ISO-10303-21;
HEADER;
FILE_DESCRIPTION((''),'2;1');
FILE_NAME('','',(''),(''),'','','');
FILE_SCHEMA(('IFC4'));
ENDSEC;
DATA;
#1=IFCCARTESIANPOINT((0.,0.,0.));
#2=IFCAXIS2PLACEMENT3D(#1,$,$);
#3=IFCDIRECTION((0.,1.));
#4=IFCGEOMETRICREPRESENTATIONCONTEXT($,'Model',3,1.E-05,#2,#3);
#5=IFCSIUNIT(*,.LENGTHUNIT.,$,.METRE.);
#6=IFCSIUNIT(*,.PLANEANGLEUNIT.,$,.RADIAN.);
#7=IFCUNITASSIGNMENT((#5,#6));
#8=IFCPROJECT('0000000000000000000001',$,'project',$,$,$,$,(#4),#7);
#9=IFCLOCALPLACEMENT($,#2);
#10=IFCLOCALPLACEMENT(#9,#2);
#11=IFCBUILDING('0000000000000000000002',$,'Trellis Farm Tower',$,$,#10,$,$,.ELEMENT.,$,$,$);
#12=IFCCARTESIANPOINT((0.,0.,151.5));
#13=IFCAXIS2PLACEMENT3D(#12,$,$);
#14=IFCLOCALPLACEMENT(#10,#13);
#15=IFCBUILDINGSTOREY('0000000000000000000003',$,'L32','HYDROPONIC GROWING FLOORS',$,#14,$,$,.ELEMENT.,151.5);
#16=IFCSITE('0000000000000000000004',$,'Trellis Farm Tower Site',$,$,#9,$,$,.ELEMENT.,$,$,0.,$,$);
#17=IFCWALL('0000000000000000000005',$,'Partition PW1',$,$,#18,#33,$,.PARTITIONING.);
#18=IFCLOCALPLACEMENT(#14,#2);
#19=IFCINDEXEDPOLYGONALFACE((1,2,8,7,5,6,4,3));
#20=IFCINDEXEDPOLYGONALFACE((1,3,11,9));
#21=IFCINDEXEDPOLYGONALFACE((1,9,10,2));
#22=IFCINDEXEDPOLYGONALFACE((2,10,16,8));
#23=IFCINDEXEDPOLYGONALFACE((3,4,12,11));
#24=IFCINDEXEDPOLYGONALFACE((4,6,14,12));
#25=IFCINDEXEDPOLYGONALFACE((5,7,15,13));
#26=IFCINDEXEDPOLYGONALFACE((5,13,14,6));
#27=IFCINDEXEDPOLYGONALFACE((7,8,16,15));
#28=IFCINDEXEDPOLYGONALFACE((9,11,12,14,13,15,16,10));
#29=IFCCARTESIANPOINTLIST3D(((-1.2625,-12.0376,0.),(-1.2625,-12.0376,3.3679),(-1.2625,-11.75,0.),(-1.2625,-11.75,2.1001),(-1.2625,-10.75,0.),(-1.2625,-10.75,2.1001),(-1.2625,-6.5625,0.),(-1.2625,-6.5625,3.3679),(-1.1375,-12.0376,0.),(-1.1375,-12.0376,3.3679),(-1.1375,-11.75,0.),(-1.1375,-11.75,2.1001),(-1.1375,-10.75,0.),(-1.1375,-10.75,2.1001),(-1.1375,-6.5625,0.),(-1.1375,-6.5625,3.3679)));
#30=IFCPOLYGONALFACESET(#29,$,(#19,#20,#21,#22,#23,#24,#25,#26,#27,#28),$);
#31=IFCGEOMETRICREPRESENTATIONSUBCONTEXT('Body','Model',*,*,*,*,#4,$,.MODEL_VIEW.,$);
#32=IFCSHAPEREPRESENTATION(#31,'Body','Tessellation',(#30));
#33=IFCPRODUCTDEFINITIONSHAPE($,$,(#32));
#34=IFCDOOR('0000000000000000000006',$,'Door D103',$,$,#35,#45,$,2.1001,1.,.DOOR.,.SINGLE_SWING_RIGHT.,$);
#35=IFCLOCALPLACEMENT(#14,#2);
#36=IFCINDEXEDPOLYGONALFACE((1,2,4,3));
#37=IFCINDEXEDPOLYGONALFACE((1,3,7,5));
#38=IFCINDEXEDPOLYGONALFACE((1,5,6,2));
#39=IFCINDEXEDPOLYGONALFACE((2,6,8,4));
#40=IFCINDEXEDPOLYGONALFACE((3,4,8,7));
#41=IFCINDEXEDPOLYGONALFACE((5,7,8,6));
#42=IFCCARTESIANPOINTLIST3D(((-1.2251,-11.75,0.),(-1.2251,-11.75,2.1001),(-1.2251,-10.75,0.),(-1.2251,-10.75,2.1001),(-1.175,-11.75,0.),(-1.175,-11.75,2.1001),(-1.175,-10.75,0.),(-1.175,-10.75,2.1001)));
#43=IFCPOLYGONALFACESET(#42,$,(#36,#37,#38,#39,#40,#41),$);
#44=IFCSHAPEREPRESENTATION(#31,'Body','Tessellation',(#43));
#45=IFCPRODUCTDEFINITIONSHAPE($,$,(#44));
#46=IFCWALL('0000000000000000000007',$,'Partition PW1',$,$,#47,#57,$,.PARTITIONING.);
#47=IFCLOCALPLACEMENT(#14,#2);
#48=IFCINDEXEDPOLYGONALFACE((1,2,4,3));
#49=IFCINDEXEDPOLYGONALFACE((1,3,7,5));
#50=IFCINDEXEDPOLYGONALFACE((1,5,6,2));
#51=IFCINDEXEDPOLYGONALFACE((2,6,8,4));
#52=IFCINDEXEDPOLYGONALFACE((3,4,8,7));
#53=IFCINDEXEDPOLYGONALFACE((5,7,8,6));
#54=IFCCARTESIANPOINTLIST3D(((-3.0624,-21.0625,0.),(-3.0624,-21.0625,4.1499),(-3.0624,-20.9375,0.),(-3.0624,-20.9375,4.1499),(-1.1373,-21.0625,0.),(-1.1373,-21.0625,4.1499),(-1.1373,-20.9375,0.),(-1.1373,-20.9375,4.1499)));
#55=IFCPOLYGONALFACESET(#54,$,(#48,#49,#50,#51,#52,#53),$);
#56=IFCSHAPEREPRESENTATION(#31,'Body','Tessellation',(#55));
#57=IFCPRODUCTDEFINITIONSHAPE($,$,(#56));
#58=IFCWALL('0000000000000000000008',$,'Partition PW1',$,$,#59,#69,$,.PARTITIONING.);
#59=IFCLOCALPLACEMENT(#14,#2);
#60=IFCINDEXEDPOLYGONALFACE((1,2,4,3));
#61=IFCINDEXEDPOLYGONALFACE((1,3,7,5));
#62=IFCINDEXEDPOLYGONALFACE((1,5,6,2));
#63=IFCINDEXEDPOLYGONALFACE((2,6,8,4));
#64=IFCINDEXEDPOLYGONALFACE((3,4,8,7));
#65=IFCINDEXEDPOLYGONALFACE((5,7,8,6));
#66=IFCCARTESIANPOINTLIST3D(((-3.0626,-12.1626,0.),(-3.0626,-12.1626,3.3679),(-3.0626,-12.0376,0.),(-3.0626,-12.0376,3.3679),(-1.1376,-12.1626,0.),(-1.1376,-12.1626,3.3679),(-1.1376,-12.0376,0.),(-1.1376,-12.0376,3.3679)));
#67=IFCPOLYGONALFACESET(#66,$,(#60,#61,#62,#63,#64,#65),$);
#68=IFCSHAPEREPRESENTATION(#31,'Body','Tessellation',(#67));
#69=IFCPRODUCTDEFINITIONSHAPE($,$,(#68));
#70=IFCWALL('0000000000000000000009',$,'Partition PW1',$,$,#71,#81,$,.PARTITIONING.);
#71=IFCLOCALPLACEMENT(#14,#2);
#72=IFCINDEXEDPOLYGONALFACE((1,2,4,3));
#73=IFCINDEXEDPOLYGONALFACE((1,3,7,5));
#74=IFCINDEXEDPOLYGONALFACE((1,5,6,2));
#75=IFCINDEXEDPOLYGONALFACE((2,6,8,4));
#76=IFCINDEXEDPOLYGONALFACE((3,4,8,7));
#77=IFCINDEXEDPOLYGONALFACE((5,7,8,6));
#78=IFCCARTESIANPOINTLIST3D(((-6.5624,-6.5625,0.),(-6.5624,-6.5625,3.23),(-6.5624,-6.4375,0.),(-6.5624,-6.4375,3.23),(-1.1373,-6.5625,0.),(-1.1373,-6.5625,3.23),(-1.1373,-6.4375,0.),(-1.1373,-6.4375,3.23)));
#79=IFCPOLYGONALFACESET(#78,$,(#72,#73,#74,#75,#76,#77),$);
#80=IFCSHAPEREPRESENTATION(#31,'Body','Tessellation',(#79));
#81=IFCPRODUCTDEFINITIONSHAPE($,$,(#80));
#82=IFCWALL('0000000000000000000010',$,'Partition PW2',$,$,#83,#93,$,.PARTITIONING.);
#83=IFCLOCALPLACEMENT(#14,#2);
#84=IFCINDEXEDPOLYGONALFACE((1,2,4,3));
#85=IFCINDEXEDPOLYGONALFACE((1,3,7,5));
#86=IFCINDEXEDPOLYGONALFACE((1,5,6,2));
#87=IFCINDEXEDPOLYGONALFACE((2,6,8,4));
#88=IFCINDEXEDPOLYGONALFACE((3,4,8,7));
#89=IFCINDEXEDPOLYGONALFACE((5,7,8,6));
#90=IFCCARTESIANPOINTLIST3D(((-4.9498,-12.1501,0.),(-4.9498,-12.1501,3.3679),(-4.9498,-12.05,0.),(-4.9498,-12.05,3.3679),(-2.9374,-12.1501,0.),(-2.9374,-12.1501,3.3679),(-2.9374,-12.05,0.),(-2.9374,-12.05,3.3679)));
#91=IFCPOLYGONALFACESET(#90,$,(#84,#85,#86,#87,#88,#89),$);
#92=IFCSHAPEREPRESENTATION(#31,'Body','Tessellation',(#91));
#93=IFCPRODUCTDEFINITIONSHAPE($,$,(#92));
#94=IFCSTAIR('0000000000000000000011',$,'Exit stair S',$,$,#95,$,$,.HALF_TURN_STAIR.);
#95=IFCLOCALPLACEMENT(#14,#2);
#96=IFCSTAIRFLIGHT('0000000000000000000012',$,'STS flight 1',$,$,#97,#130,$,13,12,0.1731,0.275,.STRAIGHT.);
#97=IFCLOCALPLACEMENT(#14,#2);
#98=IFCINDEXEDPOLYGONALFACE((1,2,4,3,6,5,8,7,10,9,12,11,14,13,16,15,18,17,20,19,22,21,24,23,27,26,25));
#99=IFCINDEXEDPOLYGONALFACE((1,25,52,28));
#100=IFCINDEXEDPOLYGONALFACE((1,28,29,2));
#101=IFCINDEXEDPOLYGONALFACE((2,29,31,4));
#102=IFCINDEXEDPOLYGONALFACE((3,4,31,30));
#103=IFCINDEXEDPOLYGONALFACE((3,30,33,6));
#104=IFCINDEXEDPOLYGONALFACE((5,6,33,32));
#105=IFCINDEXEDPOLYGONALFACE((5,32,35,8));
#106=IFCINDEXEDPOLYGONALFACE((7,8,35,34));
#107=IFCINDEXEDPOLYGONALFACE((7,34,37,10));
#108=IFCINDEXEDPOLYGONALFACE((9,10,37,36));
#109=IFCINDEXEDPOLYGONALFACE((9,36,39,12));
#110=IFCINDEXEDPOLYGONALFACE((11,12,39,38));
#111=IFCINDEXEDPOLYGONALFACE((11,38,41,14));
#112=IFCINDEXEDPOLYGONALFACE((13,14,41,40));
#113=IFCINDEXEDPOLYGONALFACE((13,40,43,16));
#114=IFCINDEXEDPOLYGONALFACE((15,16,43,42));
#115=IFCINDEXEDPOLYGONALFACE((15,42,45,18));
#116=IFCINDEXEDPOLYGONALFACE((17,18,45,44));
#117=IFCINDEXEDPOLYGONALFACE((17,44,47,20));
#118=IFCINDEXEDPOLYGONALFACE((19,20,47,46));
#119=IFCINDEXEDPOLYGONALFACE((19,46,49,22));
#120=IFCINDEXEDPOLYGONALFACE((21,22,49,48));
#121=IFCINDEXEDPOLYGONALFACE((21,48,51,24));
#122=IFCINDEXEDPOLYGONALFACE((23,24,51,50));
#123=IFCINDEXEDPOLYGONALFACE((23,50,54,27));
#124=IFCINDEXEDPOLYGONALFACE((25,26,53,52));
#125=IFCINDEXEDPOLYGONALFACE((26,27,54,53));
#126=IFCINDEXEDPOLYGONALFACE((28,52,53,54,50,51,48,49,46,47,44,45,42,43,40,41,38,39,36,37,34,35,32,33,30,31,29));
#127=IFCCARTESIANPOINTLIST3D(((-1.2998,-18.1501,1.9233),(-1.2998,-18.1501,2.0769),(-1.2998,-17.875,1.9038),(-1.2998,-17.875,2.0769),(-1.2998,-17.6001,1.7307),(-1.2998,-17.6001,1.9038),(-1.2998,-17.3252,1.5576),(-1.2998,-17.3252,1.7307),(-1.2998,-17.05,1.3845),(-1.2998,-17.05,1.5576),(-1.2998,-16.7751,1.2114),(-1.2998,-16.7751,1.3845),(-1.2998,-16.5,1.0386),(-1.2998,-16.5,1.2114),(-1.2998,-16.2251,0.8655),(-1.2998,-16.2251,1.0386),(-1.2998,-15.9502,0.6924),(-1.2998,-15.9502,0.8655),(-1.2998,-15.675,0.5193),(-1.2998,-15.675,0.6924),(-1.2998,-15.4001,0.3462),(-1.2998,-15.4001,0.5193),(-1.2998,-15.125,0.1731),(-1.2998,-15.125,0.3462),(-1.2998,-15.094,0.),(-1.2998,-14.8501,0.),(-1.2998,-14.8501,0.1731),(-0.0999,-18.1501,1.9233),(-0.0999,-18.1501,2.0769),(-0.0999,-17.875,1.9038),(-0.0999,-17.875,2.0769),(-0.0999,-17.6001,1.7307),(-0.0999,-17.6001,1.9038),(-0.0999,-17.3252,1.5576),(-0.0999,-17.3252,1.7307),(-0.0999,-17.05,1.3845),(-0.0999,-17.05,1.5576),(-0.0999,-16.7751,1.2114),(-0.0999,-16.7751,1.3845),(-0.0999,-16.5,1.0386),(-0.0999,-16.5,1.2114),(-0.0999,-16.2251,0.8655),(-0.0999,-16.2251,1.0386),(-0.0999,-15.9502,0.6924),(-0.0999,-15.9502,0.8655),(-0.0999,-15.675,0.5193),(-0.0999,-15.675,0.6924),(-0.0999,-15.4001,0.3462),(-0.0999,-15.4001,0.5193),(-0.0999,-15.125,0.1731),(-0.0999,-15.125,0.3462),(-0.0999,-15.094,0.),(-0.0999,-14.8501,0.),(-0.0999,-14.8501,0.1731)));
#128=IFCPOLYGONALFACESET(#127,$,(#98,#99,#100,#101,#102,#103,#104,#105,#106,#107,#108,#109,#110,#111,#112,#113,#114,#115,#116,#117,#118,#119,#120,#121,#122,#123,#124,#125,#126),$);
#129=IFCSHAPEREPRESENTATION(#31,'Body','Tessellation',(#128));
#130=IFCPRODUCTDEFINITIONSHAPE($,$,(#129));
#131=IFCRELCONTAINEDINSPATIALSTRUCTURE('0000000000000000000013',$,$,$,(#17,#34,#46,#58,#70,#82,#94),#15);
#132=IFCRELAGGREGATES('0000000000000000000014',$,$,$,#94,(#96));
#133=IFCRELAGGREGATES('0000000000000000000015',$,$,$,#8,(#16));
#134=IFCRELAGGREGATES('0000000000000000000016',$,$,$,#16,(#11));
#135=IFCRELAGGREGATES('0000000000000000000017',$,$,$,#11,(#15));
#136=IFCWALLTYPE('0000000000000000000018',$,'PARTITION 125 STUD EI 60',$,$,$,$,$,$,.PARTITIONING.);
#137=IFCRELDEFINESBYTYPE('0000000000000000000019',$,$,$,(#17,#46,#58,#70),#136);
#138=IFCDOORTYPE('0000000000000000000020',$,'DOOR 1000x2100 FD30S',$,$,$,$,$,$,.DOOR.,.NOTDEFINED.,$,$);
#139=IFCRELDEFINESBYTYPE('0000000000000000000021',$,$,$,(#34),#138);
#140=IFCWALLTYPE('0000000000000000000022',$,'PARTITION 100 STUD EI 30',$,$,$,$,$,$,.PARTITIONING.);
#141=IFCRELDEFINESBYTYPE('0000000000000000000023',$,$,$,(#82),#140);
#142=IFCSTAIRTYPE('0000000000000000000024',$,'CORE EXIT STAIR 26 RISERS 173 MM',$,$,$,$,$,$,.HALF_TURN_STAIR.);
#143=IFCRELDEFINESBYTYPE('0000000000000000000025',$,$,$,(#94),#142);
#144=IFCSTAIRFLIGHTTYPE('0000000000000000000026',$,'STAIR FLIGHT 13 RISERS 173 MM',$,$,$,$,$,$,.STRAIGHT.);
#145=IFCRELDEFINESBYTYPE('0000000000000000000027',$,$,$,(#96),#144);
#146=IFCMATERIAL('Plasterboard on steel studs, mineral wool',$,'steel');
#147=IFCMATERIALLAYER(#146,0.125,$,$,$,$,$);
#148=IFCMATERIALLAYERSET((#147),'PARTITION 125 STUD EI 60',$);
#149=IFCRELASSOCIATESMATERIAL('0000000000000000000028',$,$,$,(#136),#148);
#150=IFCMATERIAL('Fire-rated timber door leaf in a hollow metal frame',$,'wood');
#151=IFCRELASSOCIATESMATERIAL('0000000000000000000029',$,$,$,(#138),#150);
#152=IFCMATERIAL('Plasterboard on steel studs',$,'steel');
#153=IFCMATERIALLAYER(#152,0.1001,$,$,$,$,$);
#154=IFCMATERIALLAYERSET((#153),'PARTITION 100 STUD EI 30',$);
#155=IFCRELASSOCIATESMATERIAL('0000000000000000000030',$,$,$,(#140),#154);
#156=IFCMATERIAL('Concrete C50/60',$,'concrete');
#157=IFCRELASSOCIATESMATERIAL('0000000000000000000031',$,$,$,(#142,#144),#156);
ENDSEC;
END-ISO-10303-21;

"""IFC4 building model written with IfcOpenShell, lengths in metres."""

from ifc_helpers import new_model, si_unit, direction, frame, frame_2d, origin, place, context, subcontext, project, spatial, polyline, rectangle, outline, extrude, source, transform, mapped, material, layer, layer_set, type_object, element, fill, aggregate, save


model = new_model("IFC4")

# Units and contexts
model_context = context("Model", 3, precision=1e-05, world=origin(), true_north=direction((0.0, 1.0)))
body_context = subcontext(model_context, "Body", "Model", "MODEL_VIEW")
ifc_project = project(units=[si_unit("LENGTHUNIT", "METRE"), si_unit("PLANEANGLEUNIT", "RADIAN")], contexts=[model_context])

# Site, building, storey
site_placement = place(None, origin())
site = spatial("IfcSite", under=ifc_project, at=site_placement, Name="Trellis Farm Tower Site", CompositionType="ELEMENT", RefElevation=0.0)
building_placement = place(site_placement, origin())
building = spatial("IfcBuilding", under=site, at=building_placement, Name="Trellis Farm Tower", CompositionType="ELEMENT")
storey_placement = place(building_placement, frame((0.0, 0.0, 151.5)))
storey = spatial("IfcBuildingStorey", under=building, at=storey_placement, Name="L32", Description="HYDROPONIC GROWING FLOORS", CompositionType="ELEMENT", Elevation=151.5)

# Shared definitions
placement = place(storey_placement, origin())

# Shared definitions
ifc_material_1 = material(Name="Plasterboard on steel studs, mineral wool", Category="steel")
ifc_layer_1 = layer(ifc_material_1, 0.125)
ifc_layer_set_1 = layer_set([ifc_layer_1], Name="PARTITION 125 STUD EI 60")
wall_type_1 = type_object("IfcWallType", Name="PARTITION 125 STUD EI 60", PredefinedType="PARTITIONING", material=ifc_layer_set_1)
shared_shape_1 = source(origin(), body_context, "Body", "SweptSolid", [
    extrude(rectangle(XDim=1.0, YDim=2.1001, at=frame_2d((0.5, 1.05))), frame((0.0, 0.0725, 0.0), z_axis=(0.0, -1.0, 0.0), x_axis=(1.0, 0.0, 0.0)), (0.0, 0.0, 1.0), 0.145),
])
ifc_material_2 = material(Name="Fire-rated timber door leaf in a hollow metal frame", Category="wood")
door_type = type_object("IfcDoorType", Name="DOOR 1000x2100 FD30S", OperationType="NOTDEFINED", PredefinedType="DOOR", material=ifc_material_2)
shared_shape_2 = source(origin(), body_context, "Body", "SweptSolid", [
    extrude(rectangle(XDim=1.0, YDim=2.1001, at=frame_2d((0.5, 1.05))), frame((0.0, 0.0249, 0.0), z_axis=(0.0, -1.0, 0.0), x_axis=(1.0, 0.0, 0.0)), (0.0, 0.0, 1.0), 0.05),
])

# Wall, opening, door
shared_shape_3 = source(origin(), body_context, "Body", "SweptSolid", [
    extrude(rectangle(XDim=5.4751, YDim=0.125, at=frame_2d((2.7375, 0.0))), origin(), (0.0, 0.0, 1.0), 3.3679),
])
wall_1_placement = place(storey_placement, frame((-1.2, -6.5625, 0.0), z_axis=(0.0, 0.0, 1.0), x_axis=(0.0, -1.0, 0.0)))
wall_1 = element("IfcWall", 1, at=wall_1_placement, inside=storey, type_object=wall_type_1, Name="Partition PW1", PredefinedType="PARTITIONING", context=body_context, shape_type="MappedRepresentation", body=[
    mapped(shared_shape_3, transform((0.0, 0.0, 0.0))),
])
opening_1_placement = place(wall_1_placement, frame((4.1875, 0.0, 0.0)))
opening_1 = element("IfcOpeningElement", 2, at=opening_1_placement, cuts=wall_1, PredefinedType="OPENING", context=body_context, shape_type="MappedRepresentation", body=[
    mapped(shared_shape_1, transform((0.0, 0.0, 0.0))),
])
door_1_placement = place(opening_1_placement, origin())
door_1 = element("IfcDoor", 3, at=door_1_placement, inside=storey, type_object=door_type, Name="Door D103", OperationType="SINGLE_SWING_RIGHT", OverallHeight=2.1001, OverallWidth=1.0, PredefinedType="DOOR", context=body_context, shape_type="MappedRepresentation", body=[
    mapped(shared_shape_2, transform((0.0, 0.0, 0.0))),
])
fill(opening_1, door_1)

# Walls
shared_shape_4 = source(origin(), body_context, "Body", "SweptSolid", [
    extrude(rectangle(XDim=1.925, YDim=0.125, at=frame_2d((0.9624, 0.0))), origin(), (0.0, 0.0, 1.0), 4.1499),
])
wall_2_placement = place(storey_placement, frame((-1.1375, -21.0, 0.0), z_axis=(0.0, 0.0, 1.0), x_axis=(-1.0, 0.0, 0.0)))
element("IfcWall", 4, at=wall_2_placement, inside=storey, type_object=wall_type_1, Name="Partition PW1", PredefinedType="PARTITIONING", context=body_context, shape_type="MappedRepresentation", body=[
    mapped(shared_shape_4, transform((0.0, 0.0, 0.0))),
])
shared_shape_5 = source(origin(), body_context, "Body", "SweptSolid", [
    extrude(rectangle(XDim=1.925, YDim=0.125, at=frame_2d((0.9624, 0.0))), origin(), (0.0, 0.0, 1.0), 3.3679),
])
wall_3_placement = place(storey_placement, frame((-3.0625, -12.1001, 0.0), z_axis=(0.0, 0.0, 1.0), x_axis=(1.0, 0.0, 0.0)))
element("IfcWall", 5, at=wall_3_placement, inside=storey, type_object=wall_type_1, Name="Partition PW1", PredefinedType="PARTITIONING", context=body_context, shape_type="MappedRepresentation", body=[
    mapped(shared_shape_5, transform((0.0, 0.0, 0.0))),
])
shared_shape_6 = source(origin(), body_context, "Body", "SweptSolid", [
    extrude(rectangle(XDim=5.425, YDim=0.125, at=frame_2d((2.7124, 0.0))), origin(), (0.0, 0.0, 1.0), 3.23),
])
wall_4_placement = place(storey_placement, frame((-1.1375, -6.5, 0.0), z_axis=(0.0, 0.0, 1.0), x_axis=(-1.0, 0.0, 0.0)))
element("IfcWall", 6, at=wall_4_placement, inside=storey, type_object=wall_type_1, Name="Partition PW1", PredefinedType="PARTITIONING", context=body_context, shape_type="MappedRepresentation", body=[
    mapped(shared_shape_6, transform((0.0, 0.0, 0.0))),
])
ifc_material_3 = material(Name="Plasterboard on steel studs", Category="steel")
ifc_layer_2 = layer(ifc_material_3, 0.1001)
ifc_layer_set_2 = layer_set([ifc_layer_2], Name="PARTITION 100 STUD EI 30")
wall_type_2 = type_object("IfcWallType", Name="PARTITION 100 STUD EI 30", PredefinedType="PARTITIONING", material=ifc_layer_set_2)
shared_shape_7 = source(origin(), body_context, "Body", "SweptSolid", [
    extrude(rectangle(XDim=2.0125, YDim=0.1001, at=frame_2d((1.0063, 0.0))), origin(), (0.0, 0.0, 1.0), 3.3679),
])
wall_5_placement = place(storey_placement, frame((-4.95, -12.1001, 0.0), z_axis=(0.0, 0.0, 1.0), x_axis=(1.0, 0.0, 0.0)))
element("IfcWall", 7, at=wall_5_placement, inside=storey, type_object=wall_type_2, Name="Partition PW2", PredefinedType="PARTITIONING", context=body_context, shape_type="MappedRepresentation", body=[
    mapped(shared_shape_7, transform((0.0, 0.0, 0.0))),
])

# Stair, stair flight
ifc_material_4 = material(Name="Concrete C50/60", Category="concrete")
stair_type = type_object("IfcStairType", Name="CORE EXIT STAIR 26 RISERS 173 MM", PredefinedType="HALF_TURN_STAIR", material=ifc_material_4)
stair = element("IfcStair", 8, at=placement, inside=storey, type_object=stair_type, Name="Exit stair S", PredefinedType="HALF_TURN_STAIR")
stair_flight_type = type_object("IfcStairFlightType", Name="STAIR FLIGHT 13 RISERS 173 MM", PredefinedType="STRAIGHT", material=ifc_material_4)
shared_shape_8 = source(origin(), body_context, "Body", "SweptSolid", [
    extrude(outline(polyline([(0.0, 0.0), (0.0, 0.1731), (0.2749, 0.1731), (0.2749, 0.3462), (0.55, 0.3462), (0.55, 0.5193), (0.825, 0.5193), (0.825, 0.6924), (1.1001, 0.6924), (1.1001, 0.8655), (1.375, 0.8655), (1.375, 1.0386), (1.6499, 1.0386), (1.6499, 1.2114), (1.925, 1.2114), (1.925, 1.3845), (2.2, 1.3845), (2.2, 1.5576), (2.4751, 1.5576), (2.4751, 1.7307), (2.75, 1.7307), (2.75, 1.9038), (3.0249, 1.9038), (3.0249, 2.0769), (3.3, 2.0769), (3.3, 2.25), (3.3, 1.9233), (0.2439, 0.0), (0.0, 0.0)])), frame((0.0, 0.6001, 0.0), z_axis=(0.0, -1.0, 0.0), x_axis=(1.0, 0.0, 0.0)), (0.0, 0.0, 1.0), 1.2),
])
stair_flight_placement = place(storey_placement, frame((-0.7, -14.8501, 0.0), z_axis=(0.0, 0.0, 1.0), x_axis=(0.0, -1.0, 0.0)))
stair_flight = element("IfcStairFlight", 9, at=stair_flight_placement, type_object=stair_flight_type, Name="STS flight 1", NumberOfRisers=13, NumberOfTreads=12, PredefinedType="STRAIGHT", RiserHeight=0.1731, TreadLength=0.275, context=body_context, shape_type="MappedRepresentation", body=[
    mapped(shared_shape_8, transform((0.0, 0.0, 0.0))),
])
aggregate(stair, [stair_flight])

save(model, "model.ifc")
